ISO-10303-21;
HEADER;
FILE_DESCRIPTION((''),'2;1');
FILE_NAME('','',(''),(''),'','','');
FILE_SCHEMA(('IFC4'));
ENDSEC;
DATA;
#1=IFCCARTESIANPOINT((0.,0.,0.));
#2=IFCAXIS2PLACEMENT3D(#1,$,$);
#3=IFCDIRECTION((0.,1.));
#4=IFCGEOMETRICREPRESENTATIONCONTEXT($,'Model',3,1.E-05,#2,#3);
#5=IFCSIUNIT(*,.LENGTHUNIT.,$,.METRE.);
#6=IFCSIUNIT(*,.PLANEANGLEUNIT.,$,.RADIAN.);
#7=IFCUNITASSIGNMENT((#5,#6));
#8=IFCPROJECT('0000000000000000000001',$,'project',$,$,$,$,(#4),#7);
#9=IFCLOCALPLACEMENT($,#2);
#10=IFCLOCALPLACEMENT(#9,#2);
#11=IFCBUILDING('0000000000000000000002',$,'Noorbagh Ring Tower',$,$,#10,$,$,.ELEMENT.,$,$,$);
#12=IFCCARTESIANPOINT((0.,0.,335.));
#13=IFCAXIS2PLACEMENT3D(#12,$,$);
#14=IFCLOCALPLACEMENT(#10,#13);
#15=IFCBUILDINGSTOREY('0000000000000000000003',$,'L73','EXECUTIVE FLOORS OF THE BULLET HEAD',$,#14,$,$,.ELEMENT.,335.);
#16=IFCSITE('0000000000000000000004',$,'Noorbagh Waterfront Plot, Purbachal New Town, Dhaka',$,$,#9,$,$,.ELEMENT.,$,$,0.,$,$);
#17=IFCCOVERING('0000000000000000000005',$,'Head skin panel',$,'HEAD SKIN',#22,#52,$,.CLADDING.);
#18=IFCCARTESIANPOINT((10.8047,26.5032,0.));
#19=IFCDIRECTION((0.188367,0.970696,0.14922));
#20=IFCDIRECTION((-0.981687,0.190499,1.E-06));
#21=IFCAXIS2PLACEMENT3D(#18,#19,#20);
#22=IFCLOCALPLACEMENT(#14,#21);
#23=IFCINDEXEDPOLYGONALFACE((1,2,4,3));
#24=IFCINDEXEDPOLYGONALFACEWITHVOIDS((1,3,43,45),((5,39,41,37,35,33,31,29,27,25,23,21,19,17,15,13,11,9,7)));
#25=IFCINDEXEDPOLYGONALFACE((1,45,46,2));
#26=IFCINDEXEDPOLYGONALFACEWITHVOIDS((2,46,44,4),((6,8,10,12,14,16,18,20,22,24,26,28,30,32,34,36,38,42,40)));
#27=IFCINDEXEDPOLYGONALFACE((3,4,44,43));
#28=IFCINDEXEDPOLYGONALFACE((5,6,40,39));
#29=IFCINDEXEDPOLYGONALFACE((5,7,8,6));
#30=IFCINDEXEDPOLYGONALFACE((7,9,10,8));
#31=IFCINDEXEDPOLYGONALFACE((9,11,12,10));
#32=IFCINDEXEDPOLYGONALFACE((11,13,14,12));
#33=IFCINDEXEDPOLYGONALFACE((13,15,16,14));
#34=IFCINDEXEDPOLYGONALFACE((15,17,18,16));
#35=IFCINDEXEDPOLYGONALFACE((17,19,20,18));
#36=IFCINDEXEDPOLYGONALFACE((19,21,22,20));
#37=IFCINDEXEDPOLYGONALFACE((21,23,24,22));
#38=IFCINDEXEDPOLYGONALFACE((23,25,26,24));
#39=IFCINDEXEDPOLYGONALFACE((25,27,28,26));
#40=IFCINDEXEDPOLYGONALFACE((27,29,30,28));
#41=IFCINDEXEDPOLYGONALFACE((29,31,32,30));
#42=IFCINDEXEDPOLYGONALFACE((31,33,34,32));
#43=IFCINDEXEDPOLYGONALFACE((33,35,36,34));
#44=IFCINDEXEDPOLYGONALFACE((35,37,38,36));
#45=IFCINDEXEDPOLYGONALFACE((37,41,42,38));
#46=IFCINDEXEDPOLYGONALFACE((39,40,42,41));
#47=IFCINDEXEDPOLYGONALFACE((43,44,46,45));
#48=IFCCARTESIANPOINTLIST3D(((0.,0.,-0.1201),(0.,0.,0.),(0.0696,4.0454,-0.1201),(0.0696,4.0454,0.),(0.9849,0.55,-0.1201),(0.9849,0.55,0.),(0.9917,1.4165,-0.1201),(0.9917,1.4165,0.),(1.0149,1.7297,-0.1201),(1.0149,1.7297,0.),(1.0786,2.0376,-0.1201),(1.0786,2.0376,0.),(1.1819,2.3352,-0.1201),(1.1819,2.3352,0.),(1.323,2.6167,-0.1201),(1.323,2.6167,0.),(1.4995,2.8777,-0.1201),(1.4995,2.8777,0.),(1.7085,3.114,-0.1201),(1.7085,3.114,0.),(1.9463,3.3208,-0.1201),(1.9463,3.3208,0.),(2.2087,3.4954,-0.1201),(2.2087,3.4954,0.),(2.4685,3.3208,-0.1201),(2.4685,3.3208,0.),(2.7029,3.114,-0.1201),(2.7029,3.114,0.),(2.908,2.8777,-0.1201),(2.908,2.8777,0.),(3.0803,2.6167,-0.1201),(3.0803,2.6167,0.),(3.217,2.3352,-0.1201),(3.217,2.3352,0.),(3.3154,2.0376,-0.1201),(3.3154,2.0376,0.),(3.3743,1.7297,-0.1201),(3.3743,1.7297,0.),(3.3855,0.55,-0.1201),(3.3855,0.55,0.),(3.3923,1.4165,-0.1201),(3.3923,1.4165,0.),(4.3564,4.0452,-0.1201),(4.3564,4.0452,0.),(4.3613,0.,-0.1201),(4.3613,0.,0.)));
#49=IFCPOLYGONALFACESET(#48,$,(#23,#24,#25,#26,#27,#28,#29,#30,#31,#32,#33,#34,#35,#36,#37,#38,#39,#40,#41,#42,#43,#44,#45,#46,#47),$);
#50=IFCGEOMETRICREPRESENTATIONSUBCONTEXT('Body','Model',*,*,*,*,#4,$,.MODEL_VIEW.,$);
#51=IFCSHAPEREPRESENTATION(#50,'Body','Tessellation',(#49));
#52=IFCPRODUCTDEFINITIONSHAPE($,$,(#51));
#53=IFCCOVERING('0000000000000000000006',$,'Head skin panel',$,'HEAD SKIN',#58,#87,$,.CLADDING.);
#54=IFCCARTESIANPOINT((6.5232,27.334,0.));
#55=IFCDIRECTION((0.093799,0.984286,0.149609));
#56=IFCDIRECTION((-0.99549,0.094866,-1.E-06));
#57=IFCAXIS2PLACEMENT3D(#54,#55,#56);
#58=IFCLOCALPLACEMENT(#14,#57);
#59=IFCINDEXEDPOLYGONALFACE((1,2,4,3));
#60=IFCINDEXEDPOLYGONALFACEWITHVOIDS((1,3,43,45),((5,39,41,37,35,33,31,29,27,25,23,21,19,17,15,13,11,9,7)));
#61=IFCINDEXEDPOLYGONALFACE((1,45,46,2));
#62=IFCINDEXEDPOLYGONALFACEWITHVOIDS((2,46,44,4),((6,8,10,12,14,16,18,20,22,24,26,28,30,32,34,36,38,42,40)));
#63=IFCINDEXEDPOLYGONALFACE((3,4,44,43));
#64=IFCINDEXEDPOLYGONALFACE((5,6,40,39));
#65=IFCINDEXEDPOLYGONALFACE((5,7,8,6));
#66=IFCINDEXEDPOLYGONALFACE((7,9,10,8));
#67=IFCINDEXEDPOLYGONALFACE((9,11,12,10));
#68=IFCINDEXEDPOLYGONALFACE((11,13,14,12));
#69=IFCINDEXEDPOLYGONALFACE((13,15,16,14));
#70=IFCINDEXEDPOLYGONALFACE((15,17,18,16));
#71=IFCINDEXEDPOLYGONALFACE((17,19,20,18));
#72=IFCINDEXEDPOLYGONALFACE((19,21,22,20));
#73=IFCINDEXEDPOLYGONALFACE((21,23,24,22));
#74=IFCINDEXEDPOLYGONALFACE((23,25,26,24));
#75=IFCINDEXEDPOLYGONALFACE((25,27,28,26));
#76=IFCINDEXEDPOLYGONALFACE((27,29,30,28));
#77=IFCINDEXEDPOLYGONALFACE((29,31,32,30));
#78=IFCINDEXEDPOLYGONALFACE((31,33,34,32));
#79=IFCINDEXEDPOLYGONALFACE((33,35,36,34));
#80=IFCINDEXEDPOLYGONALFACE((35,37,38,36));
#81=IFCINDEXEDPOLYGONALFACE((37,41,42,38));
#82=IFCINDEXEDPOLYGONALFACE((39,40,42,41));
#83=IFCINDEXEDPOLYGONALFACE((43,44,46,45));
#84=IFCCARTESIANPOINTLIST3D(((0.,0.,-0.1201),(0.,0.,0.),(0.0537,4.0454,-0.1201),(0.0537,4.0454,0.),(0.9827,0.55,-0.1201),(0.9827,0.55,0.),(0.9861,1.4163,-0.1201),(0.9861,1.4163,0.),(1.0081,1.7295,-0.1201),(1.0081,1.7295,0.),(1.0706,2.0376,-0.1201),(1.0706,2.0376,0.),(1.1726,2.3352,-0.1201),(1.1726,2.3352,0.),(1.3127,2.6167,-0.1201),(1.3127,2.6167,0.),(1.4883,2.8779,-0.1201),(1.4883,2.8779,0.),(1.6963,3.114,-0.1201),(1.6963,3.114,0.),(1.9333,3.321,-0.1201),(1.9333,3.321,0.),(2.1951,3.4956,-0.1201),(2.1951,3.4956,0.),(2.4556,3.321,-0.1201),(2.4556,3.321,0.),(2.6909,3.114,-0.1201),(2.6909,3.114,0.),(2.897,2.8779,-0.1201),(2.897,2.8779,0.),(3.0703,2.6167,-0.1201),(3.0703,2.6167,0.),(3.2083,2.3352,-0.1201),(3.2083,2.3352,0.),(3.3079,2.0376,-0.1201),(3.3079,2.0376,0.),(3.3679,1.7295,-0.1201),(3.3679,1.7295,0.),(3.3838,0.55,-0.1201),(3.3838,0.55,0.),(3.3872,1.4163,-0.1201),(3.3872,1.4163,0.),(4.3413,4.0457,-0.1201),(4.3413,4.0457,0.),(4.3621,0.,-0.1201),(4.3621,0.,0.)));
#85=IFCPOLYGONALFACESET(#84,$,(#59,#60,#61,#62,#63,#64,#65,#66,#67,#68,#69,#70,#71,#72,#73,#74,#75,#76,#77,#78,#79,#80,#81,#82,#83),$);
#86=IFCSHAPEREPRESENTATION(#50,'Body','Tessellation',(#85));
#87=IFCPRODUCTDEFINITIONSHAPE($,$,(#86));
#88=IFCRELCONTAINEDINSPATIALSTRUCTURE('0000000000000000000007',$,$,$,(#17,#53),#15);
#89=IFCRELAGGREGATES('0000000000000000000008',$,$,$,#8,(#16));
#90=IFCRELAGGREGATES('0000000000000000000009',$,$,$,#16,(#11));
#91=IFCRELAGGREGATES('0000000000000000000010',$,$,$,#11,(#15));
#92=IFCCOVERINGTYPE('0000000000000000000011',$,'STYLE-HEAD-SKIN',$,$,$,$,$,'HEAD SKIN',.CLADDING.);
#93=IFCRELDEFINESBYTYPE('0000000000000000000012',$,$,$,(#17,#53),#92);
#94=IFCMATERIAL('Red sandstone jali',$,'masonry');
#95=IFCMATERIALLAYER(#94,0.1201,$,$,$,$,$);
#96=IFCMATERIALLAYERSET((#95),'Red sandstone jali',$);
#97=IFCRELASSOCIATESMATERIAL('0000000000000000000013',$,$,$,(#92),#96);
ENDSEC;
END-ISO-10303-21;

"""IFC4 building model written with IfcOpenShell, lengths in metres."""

from ifc_helpers import new_model, si_unit, direction, frame, origin, place, context, subcontext, project, spatial, polyline, outline, extrude, material, layer, layer_set, type_object, element, save


model = new_model("IFC4")

# Units and contexts
model_context = context("Model", 3, precision=1e-05, world=origin(), true_north=direction((0.0, 1.0)))
body_context = subcontext(model_context, "Body", "Model", "MODEL_VIEW")
ifc_project = project(units=[si_unit("LENGTHUNIT", "METRE"), si_unit("PLANEANGLEUNIT", "RADIAN")], contexts=[model_context])

# Site, building, storey
site_placement = place(None, origin())
site = spatial("IfcSite", under=ifc_project, at=site_placement, Name="Noorbagh Waterfront Plot, Purbachal New Town, Dhaka", CompositionType="ELEMENT", RefElevation=0.0)
building_placement = place(site_placement, origin())
building = spatial("IfcBuilding", under=site, at=building_placement, Name="Noorbagh Ring Tower", CompositionType="ELEMENT")
storey_placement = place(building_placement, frame((0.0, 0.0, 335.0)))
storey = spatial("IfcBuildingStorey", under=building, at=storey_placement, Name="L73", Description="EXECUTIVE FLOORS OF THE BULLET HEAD", CompositionType="ELEMENT", Elevation=335.0)

# Coverings
ifc_material_1 = material(Name="Red sandstone jali", Category="masonry")
ifc_layer_1 = layer(ifc_material_1, 0.1201)
ifc_layer_set_1 = layer_set([ifc_layer_1], Name="Red sandstone jali")
covering_type_1 = type_object("IfcCoveringType", Name="STYLE-HEAD-SKIN", ElementType="HEAD SKIN", PredefinedType="CLADDING", material=ifc_layer_set_1)
covering_1_placement = place(storey_placement, frame((10.8047, 26.5032, 0.0), z_axis=(0.188367, 0.970696, 0.14922), x_axis=(-0.981687, 0.190499, 0.000001)))
element("IfcCovering", 1, at=covering_1_placement, inside=storey, type_object=covering_type_1, Name="Head skin panel", ObjectType="HEAD SKIN", PredefinedType="CLADDING", context=body_context, shape_type="SweptSolid", body=[
    extrude(outline(polyline([(0.0, 0.0), (4.3613, 0.0), (4.3564, 4.0452), (0.0696, 4.0454), (0.0, 0.0)]), holes=[polyline([(0.9849, 0.55), (0.9917, 1.4165), (1.0149, 1.7297), (1.0786, 2.0376), (1.1819, 2.3352), (1.323, 2.6167), (1.4995, 2.8777), (1.7085, 3.114), (1.9463, 3.3208), (2.2087, 3.4954), (2.4685, 3.3208), (2.7029, 3.114), (2.908, 2.8777), (3.0803, 2.6167), (3.217, 2.3352), (3.3154, 2.0376), (3.3743, 1.7297), (3.3923, 1.4165), (3.3855, 0.55), (0.9849, 0.55)])]), origin(), (0.0, 0.0, -1.0), 0.1201),
])
covering_2_placement = place(storey_placement, frame((6.5232, 27.334, 0.0), z_axis=(0.093799, 0.984286, 0.149609), x_axis=(-0.99549, 0.094866, -0.000001)))
element("IfcCovering", 2, at=covering_2_placement, inside=storey, type_object=covering_type_1, Name="Head skin panel", ObjectType="HEAD SKIN", PredefinedType="CLADDING", context=body_context, shape_type="SweptSolid", body=[
    extrude(outline(polyline([(0.0, 0.0), (4.3621, 0.0), (4.3413, 4.0457), (0.0537, 4.0454), (0.0, 0.0)]), holes=[polyline([(0.9827, 0.55), (0.9861, 1.4163), (1.0081, 1.7295), (1.0706, 2.0376), (1.1726, 2.3352), (1.3127, 2.6167), (1.4883, 2.8779), (1.6963, 3.114), (1.9333, 3.321), (2.1951, 3.4956), (2.4556, 3.321), (2.6909, 3.114), (2.897, 2.8779), (3.0703, 2.6167), (3.2083, 2.3352), (3.3079, 2.0376), (3.3679, 1.7295), (3.3872, 1.4163), (3.3838, 0.55), (0.9827, 0.55)])]), origin(), (0.0, 0.0, -1.0), 0.1201),
])

save(model, "model.ifc")
